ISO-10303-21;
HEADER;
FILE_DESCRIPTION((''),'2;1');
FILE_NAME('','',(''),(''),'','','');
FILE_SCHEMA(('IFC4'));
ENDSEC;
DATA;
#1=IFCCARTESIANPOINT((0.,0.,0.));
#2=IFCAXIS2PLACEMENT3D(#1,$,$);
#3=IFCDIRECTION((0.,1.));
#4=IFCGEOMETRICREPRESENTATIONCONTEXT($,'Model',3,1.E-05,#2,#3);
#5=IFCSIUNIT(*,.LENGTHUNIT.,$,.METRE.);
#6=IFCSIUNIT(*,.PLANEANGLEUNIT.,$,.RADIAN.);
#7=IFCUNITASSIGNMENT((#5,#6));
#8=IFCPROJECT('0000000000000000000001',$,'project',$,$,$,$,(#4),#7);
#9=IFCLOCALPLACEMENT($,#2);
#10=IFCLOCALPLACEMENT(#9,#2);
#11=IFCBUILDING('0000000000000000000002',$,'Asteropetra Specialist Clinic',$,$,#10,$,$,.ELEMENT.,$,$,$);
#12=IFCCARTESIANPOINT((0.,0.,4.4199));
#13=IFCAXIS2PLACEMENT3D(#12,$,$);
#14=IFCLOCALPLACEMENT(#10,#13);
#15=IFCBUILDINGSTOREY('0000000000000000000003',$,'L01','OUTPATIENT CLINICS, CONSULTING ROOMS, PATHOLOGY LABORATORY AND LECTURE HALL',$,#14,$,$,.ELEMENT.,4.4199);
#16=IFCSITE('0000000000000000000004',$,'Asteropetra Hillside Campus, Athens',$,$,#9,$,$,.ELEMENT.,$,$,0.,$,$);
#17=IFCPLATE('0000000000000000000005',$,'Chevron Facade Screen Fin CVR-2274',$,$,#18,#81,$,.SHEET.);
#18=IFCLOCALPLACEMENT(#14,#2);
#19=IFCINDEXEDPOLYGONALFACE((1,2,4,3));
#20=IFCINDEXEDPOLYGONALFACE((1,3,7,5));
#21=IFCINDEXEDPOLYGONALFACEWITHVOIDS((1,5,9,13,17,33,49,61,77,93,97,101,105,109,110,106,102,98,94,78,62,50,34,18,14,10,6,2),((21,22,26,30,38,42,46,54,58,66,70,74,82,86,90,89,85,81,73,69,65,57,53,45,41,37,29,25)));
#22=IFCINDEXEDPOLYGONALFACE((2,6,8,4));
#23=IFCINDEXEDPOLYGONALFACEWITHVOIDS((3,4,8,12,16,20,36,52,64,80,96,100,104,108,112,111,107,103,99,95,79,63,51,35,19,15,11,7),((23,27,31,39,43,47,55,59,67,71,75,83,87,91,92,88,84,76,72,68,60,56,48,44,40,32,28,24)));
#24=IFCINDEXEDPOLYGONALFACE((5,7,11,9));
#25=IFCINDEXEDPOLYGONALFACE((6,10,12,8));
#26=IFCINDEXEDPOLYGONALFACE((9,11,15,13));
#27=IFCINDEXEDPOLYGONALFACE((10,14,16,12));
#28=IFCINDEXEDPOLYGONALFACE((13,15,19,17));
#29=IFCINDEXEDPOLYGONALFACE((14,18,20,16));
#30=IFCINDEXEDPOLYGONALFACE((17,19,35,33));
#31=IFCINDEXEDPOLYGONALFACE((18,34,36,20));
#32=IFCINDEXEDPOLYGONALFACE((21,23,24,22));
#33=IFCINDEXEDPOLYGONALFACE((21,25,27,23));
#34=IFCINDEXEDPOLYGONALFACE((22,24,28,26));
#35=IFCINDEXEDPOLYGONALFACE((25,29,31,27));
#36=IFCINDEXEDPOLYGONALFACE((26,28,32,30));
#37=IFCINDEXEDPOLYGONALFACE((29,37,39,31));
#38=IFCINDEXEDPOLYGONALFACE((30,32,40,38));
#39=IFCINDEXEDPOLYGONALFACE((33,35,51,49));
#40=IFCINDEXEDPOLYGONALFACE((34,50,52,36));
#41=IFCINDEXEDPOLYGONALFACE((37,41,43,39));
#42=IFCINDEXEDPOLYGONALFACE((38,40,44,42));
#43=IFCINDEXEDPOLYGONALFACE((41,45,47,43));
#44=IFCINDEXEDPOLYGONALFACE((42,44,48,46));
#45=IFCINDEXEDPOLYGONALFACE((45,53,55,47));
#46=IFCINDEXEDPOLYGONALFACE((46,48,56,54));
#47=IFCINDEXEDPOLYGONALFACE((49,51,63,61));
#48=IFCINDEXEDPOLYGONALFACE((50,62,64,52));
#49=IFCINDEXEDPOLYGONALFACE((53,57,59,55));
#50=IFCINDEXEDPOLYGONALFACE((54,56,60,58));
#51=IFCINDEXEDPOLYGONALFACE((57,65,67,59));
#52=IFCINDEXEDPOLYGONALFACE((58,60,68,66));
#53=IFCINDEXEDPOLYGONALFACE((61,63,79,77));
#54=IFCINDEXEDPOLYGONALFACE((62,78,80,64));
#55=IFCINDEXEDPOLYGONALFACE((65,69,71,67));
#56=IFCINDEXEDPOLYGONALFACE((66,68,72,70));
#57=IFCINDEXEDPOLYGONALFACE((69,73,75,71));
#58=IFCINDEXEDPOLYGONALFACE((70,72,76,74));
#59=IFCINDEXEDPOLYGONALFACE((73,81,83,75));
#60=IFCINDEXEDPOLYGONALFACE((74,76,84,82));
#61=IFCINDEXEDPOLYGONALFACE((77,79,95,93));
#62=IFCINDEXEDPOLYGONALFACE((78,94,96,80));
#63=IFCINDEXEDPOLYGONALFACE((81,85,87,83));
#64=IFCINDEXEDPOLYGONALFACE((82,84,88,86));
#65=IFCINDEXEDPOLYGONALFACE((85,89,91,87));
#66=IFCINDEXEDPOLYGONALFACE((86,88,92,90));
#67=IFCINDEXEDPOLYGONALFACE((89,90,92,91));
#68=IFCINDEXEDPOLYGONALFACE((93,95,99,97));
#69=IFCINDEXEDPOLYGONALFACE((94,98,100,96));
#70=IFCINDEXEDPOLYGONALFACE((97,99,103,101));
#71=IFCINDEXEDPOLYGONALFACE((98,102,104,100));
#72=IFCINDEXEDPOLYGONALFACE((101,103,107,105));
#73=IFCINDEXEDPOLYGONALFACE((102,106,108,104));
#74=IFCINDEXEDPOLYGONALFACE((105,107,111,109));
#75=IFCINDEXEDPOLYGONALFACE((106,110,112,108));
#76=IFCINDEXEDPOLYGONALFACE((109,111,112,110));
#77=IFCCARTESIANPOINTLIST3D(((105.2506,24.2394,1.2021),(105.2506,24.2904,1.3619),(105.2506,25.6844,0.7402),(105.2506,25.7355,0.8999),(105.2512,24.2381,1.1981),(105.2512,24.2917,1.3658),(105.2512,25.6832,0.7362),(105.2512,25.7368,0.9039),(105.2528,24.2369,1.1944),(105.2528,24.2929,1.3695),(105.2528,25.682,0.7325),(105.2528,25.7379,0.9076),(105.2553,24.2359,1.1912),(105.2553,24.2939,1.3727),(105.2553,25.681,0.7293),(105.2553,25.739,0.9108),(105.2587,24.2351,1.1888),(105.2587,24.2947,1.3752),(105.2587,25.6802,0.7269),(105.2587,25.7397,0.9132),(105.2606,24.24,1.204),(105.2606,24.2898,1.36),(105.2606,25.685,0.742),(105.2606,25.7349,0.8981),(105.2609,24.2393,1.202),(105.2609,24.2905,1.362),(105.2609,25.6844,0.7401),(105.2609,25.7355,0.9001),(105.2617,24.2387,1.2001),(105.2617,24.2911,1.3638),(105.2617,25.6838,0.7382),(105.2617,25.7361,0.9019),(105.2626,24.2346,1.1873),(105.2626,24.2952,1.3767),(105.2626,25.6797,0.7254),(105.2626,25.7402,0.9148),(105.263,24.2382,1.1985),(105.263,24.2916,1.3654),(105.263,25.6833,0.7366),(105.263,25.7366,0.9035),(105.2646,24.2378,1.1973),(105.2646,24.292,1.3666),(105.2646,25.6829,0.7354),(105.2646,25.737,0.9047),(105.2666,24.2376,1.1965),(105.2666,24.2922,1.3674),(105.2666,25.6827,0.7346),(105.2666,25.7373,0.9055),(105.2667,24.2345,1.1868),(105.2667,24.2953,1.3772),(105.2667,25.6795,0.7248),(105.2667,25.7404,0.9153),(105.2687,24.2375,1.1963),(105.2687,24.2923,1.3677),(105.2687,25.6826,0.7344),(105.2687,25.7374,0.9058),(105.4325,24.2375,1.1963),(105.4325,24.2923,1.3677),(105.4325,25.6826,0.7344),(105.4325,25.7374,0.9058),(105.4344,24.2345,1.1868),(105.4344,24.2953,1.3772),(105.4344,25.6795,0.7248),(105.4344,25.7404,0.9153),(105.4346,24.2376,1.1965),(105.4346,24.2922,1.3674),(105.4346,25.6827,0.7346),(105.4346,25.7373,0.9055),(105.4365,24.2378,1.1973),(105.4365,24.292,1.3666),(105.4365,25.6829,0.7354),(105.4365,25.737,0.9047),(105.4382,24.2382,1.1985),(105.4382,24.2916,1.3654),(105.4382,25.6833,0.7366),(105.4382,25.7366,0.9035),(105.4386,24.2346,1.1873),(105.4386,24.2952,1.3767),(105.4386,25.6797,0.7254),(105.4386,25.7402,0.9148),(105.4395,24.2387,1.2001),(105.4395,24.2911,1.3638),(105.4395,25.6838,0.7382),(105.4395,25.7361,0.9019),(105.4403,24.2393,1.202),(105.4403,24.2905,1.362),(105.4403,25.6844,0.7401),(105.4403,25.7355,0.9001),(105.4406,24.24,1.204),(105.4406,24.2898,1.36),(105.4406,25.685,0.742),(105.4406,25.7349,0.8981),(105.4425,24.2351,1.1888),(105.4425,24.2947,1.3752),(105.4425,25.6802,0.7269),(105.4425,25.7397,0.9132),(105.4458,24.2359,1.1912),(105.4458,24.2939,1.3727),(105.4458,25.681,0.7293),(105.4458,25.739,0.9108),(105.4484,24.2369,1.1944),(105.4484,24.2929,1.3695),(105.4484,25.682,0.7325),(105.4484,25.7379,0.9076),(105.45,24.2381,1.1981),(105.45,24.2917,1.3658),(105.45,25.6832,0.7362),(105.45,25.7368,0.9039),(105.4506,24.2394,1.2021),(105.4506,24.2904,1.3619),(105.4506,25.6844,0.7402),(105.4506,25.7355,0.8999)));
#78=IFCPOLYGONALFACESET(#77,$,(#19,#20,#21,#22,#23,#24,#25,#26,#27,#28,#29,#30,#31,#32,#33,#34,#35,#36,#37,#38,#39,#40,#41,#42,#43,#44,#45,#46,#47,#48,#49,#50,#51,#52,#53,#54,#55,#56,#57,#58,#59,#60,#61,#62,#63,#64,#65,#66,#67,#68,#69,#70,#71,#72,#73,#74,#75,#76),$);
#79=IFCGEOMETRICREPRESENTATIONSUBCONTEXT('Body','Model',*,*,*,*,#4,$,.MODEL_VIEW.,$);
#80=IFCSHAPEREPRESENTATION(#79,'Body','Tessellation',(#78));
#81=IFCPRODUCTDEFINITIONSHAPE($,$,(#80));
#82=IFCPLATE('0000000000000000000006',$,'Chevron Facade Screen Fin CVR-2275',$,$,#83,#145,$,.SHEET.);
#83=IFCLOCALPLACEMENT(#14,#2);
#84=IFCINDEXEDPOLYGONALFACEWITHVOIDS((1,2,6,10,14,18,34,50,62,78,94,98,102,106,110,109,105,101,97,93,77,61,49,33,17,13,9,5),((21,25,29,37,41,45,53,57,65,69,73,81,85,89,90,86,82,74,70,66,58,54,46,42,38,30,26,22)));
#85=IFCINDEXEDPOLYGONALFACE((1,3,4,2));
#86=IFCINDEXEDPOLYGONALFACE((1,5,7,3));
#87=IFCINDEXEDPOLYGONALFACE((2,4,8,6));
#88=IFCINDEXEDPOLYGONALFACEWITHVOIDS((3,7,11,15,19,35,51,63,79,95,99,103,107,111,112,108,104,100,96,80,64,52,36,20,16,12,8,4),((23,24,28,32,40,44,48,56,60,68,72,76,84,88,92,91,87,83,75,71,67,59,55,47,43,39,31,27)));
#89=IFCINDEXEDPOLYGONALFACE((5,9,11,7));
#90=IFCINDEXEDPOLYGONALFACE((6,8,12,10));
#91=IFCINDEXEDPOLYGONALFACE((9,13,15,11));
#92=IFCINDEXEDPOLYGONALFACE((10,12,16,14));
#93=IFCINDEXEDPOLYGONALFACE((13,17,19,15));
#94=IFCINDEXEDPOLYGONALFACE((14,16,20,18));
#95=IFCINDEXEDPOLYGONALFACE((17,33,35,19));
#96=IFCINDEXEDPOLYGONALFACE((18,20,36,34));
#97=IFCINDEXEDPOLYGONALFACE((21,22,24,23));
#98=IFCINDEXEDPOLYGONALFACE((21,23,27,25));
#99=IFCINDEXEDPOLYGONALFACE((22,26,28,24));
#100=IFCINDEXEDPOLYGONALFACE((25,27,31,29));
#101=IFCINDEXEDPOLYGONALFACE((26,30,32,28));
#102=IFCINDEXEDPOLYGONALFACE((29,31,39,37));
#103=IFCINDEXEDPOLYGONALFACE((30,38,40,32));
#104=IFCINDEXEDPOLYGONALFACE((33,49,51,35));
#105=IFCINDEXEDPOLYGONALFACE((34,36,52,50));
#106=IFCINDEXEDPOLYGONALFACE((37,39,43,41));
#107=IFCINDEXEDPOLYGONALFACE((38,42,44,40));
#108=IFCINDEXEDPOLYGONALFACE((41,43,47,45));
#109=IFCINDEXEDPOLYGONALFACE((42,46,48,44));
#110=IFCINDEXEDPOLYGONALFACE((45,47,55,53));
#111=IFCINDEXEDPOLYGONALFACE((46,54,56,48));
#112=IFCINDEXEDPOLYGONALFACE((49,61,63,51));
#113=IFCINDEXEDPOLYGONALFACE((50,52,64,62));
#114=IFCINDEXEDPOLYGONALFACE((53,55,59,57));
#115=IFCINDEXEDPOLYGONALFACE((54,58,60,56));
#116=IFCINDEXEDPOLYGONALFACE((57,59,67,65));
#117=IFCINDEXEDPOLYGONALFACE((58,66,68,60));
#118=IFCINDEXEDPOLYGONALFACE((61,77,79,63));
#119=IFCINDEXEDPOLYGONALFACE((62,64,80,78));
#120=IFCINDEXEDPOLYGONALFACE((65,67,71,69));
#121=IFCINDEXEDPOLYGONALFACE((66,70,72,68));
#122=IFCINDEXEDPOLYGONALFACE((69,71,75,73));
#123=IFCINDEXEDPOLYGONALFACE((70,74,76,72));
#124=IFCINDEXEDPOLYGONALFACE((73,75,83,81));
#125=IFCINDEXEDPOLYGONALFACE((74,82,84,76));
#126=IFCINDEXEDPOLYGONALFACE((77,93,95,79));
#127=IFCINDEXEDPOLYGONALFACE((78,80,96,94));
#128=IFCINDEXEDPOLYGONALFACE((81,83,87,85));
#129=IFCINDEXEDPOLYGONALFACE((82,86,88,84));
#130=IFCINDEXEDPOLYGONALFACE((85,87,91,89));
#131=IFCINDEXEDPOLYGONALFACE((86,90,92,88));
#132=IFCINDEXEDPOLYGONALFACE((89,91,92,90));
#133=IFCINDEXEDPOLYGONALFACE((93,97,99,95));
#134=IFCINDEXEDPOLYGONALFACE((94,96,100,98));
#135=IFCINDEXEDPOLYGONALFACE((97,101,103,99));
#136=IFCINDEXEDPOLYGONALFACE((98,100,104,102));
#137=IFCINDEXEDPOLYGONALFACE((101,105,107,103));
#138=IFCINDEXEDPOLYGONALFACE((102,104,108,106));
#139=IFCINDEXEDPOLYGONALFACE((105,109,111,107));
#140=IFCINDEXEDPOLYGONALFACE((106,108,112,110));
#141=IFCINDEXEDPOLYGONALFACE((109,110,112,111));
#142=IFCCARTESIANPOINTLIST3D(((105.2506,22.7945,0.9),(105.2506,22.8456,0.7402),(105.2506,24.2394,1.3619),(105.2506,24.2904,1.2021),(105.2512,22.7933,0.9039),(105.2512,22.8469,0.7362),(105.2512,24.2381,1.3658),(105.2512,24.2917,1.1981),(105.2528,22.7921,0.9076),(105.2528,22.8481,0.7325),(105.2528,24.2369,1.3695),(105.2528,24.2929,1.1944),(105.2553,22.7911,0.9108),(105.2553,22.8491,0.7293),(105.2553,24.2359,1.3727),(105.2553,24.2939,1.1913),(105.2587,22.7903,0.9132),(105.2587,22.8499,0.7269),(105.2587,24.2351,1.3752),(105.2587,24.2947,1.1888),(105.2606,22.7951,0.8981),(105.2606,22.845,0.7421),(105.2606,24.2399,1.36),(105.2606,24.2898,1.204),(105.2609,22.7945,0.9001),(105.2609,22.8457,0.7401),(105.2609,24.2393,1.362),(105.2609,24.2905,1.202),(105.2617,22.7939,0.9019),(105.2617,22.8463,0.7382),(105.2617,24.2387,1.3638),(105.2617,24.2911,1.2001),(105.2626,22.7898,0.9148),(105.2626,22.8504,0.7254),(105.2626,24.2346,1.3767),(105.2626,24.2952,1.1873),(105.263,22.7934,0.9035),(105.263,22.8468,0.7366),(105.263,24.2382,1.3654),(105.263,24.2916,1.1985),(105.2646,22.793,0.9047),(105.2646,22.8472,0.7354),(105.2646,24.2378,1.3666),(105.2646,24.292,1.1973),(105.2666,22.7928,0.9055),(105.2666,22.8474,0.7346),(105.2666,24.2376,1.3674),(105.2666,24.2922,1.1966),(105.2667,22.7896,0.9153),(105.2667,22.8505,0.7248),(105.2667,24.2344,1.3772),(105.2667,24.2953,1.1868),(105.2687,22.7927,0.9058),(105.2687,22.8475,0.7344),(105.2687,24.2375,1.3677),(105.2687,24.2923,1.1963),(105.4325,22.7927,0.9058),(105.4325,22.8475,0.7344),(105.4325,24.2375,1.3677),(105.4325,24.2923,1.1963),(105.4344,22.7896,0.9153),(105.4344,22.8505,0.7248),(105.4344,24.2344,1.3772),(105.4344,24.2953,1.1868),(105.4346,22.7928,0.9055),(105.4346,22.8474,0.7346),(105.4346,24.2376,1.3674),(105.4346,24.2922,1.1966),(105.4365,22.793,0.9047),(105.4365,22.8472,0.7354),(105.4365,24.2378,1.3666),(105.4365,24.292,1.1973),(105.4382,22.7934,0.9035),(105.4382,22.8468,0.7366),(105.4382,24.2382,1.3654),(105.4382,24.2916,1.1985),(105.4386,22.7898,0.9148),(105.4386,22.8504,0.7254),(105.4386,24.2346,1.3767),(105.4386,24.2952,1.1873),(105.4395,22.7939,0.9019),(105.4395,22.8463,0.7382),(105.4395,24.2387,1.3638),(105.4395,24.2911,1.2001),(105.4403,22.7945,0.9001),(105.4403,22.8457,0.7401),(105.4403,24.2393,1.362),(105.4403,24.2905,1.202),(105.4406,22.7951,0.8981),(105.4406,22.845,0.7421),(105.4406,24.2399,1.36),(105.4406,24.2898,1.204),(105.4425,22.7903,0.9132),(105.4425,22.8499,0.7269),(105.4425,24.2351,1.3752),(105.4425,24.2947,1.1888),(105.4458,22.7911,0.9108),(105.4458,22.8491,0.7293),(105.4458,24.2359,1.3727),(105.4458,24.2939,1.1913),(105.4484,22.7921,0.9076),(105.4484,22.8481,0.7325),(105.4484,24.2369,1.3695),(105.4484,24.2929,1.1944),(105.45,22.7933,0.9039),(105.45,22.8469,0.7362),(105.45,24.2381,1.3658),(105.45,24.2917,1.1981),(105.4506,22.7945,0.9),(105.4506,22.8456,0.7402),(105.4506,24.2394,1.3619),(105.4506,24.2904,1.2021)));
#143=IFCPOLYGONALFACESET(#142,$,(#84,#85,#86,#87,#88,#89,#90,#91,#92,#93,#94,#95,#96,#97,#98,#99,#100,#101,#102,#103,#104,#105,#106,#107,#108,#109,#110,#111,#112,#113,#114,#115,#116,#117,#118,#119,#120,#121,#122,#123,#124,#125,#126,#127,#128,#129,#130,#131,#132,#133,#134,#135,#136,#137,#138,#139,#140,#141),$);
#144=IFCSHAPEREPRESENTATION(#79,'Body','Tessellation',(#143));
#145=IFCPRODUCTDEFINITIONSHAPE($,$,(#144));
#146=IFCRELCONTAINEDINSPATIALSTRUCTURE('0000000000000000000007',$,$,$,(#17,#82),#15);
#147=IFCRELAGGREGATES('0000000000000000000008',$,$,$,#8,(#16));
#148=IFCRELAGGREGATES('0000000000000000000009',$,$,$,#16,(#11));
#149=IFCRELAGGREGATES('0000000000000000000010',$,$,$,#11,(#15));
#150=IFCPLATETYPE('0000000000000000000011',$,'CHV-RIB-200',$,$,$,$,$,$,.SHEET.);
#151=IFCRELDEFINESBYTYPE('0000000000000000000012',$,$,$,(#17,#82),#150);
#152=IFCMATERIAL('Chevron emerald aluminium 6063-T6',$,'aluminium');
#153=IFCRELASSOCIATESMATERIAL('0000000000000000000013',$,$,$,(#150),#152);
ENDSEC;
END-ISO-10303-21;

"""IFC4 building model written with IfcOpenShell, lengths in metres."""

from ifc_helpers import new_model, si_unit, direction, frame, origin, origin_2d, place, context, subcontext, project, spatial, hollow_rectangle, extrude, material, material_profile, profile_set, type_object, element, save


model = new_model("IFC4")

# Units and contexts
model_context = context("Model", 3, precision=1e-05, world=origin(), true_north=direction((0.0, 1.0)))
body_context = subcontext(model_context, "Body", "Model", "MODEL_VIEW")
ifc_project = project(units=[si_unit("LENGTHUNIT", "METRE"), si_unit("PLANEANGLEUNIT", "RADIAN")], contexts=[model_context])

# Site, building, storey
site_placement = place(None, origin())
site = spatial("IfcSite", under=ifc_project, at=site_placement, Name="Asteropetra Hillside Campus, Athens", CompositionType="ELEMENT", RefElevation=0.0)
building_placement = place(site_placement, origin())
building = spatial("IfcBuilding", under=site, at=building_placement, Name="Asteropetra Specialist Clinic", CompositionType="ELEMENT")
storey_placement = place(building_placement, frame((0.0, 0.0, 4.4199)))
storey = spatial("IfcBuildingStorey", under=building, at=storey_placement, Name="L01", Description="OUTPATIENT CLINICS, CONSULTING ROOMS, PATHOLOGY LABORATORY AND LECTURE HALL", CompositionType="ELEMENT", Elevation=4.4199)

# Plates
ifc_material_1 = material(Name="Chevron emerald aluminium 6063-T6", Category="aluminium")
ifc_material_profile = material_profile(ifc_material_1, hollow_rectangle(XDim=0.2, YDim=0.2, WallThickness=0.01, InnerFilletRadius=0.0081, OuterFilletRadius=0.0161, at=origin_2d()), Name="SHS 200x200x10.0")
ifc_profile_set = profile_set([ifc_material_profile], Name="Chevron emerald aluminium 6063-T6")
plate_type = type_object("IfcPlateType", Name="CHV-RIB-200", PredefinedType="SHEET", material=ifc_profile_set)
plate_1_placement = place(storey_placement, frame((105.3506, 25.71, 0.8201), z_axis=(0.0, -0.952521, 0.304472), x_axis=(1.0, 0.0, 0.0)))
element("IfcPlate", 1, at=plate_1_placement, inside=storey, type_object=plate_type, Name="Chevron Facade Screen Fin CVR-2274", PredefinedType="SHEET", context=body_context, shape_type="SweptSolid", body=[
    extrude(hollow_rectangle(XDim=0.2, YDim=0.2, WallThickness=0.01, InnerFilletRadius=0.0081, OuterFilletRadius=0.0161, at=origin_2d()), origin(), (0.0, 0.0, 1.0), 1.5171),
])
plate_2_placement = place(storey_placement, frame((105.3506, 24.2649, 1.282), z_axis=(0.0, -0.952506, -0.304519), x_axis=(1.0, 0.0, 0.0)))
element("IfcPlate", 2, at=plate_2_placement, inside=storey, type_object=plate_type, Name="Chevron Facade Screen Fin CVR-2275", PredefinedType="SHEET", context=body_context, shape_type="SweptSolid", body=[
    extrude(hollow_rectangle(XDim=0.2, YDim=0.2, WallThickness=0.01, InnerFilletRadius=0.0081, OuterFilletRadius=0.0161, at=origin_2d()), origin(), (0.0, 0.0, 1.0), 1.5168),
])

save(model, "model.ifc")
